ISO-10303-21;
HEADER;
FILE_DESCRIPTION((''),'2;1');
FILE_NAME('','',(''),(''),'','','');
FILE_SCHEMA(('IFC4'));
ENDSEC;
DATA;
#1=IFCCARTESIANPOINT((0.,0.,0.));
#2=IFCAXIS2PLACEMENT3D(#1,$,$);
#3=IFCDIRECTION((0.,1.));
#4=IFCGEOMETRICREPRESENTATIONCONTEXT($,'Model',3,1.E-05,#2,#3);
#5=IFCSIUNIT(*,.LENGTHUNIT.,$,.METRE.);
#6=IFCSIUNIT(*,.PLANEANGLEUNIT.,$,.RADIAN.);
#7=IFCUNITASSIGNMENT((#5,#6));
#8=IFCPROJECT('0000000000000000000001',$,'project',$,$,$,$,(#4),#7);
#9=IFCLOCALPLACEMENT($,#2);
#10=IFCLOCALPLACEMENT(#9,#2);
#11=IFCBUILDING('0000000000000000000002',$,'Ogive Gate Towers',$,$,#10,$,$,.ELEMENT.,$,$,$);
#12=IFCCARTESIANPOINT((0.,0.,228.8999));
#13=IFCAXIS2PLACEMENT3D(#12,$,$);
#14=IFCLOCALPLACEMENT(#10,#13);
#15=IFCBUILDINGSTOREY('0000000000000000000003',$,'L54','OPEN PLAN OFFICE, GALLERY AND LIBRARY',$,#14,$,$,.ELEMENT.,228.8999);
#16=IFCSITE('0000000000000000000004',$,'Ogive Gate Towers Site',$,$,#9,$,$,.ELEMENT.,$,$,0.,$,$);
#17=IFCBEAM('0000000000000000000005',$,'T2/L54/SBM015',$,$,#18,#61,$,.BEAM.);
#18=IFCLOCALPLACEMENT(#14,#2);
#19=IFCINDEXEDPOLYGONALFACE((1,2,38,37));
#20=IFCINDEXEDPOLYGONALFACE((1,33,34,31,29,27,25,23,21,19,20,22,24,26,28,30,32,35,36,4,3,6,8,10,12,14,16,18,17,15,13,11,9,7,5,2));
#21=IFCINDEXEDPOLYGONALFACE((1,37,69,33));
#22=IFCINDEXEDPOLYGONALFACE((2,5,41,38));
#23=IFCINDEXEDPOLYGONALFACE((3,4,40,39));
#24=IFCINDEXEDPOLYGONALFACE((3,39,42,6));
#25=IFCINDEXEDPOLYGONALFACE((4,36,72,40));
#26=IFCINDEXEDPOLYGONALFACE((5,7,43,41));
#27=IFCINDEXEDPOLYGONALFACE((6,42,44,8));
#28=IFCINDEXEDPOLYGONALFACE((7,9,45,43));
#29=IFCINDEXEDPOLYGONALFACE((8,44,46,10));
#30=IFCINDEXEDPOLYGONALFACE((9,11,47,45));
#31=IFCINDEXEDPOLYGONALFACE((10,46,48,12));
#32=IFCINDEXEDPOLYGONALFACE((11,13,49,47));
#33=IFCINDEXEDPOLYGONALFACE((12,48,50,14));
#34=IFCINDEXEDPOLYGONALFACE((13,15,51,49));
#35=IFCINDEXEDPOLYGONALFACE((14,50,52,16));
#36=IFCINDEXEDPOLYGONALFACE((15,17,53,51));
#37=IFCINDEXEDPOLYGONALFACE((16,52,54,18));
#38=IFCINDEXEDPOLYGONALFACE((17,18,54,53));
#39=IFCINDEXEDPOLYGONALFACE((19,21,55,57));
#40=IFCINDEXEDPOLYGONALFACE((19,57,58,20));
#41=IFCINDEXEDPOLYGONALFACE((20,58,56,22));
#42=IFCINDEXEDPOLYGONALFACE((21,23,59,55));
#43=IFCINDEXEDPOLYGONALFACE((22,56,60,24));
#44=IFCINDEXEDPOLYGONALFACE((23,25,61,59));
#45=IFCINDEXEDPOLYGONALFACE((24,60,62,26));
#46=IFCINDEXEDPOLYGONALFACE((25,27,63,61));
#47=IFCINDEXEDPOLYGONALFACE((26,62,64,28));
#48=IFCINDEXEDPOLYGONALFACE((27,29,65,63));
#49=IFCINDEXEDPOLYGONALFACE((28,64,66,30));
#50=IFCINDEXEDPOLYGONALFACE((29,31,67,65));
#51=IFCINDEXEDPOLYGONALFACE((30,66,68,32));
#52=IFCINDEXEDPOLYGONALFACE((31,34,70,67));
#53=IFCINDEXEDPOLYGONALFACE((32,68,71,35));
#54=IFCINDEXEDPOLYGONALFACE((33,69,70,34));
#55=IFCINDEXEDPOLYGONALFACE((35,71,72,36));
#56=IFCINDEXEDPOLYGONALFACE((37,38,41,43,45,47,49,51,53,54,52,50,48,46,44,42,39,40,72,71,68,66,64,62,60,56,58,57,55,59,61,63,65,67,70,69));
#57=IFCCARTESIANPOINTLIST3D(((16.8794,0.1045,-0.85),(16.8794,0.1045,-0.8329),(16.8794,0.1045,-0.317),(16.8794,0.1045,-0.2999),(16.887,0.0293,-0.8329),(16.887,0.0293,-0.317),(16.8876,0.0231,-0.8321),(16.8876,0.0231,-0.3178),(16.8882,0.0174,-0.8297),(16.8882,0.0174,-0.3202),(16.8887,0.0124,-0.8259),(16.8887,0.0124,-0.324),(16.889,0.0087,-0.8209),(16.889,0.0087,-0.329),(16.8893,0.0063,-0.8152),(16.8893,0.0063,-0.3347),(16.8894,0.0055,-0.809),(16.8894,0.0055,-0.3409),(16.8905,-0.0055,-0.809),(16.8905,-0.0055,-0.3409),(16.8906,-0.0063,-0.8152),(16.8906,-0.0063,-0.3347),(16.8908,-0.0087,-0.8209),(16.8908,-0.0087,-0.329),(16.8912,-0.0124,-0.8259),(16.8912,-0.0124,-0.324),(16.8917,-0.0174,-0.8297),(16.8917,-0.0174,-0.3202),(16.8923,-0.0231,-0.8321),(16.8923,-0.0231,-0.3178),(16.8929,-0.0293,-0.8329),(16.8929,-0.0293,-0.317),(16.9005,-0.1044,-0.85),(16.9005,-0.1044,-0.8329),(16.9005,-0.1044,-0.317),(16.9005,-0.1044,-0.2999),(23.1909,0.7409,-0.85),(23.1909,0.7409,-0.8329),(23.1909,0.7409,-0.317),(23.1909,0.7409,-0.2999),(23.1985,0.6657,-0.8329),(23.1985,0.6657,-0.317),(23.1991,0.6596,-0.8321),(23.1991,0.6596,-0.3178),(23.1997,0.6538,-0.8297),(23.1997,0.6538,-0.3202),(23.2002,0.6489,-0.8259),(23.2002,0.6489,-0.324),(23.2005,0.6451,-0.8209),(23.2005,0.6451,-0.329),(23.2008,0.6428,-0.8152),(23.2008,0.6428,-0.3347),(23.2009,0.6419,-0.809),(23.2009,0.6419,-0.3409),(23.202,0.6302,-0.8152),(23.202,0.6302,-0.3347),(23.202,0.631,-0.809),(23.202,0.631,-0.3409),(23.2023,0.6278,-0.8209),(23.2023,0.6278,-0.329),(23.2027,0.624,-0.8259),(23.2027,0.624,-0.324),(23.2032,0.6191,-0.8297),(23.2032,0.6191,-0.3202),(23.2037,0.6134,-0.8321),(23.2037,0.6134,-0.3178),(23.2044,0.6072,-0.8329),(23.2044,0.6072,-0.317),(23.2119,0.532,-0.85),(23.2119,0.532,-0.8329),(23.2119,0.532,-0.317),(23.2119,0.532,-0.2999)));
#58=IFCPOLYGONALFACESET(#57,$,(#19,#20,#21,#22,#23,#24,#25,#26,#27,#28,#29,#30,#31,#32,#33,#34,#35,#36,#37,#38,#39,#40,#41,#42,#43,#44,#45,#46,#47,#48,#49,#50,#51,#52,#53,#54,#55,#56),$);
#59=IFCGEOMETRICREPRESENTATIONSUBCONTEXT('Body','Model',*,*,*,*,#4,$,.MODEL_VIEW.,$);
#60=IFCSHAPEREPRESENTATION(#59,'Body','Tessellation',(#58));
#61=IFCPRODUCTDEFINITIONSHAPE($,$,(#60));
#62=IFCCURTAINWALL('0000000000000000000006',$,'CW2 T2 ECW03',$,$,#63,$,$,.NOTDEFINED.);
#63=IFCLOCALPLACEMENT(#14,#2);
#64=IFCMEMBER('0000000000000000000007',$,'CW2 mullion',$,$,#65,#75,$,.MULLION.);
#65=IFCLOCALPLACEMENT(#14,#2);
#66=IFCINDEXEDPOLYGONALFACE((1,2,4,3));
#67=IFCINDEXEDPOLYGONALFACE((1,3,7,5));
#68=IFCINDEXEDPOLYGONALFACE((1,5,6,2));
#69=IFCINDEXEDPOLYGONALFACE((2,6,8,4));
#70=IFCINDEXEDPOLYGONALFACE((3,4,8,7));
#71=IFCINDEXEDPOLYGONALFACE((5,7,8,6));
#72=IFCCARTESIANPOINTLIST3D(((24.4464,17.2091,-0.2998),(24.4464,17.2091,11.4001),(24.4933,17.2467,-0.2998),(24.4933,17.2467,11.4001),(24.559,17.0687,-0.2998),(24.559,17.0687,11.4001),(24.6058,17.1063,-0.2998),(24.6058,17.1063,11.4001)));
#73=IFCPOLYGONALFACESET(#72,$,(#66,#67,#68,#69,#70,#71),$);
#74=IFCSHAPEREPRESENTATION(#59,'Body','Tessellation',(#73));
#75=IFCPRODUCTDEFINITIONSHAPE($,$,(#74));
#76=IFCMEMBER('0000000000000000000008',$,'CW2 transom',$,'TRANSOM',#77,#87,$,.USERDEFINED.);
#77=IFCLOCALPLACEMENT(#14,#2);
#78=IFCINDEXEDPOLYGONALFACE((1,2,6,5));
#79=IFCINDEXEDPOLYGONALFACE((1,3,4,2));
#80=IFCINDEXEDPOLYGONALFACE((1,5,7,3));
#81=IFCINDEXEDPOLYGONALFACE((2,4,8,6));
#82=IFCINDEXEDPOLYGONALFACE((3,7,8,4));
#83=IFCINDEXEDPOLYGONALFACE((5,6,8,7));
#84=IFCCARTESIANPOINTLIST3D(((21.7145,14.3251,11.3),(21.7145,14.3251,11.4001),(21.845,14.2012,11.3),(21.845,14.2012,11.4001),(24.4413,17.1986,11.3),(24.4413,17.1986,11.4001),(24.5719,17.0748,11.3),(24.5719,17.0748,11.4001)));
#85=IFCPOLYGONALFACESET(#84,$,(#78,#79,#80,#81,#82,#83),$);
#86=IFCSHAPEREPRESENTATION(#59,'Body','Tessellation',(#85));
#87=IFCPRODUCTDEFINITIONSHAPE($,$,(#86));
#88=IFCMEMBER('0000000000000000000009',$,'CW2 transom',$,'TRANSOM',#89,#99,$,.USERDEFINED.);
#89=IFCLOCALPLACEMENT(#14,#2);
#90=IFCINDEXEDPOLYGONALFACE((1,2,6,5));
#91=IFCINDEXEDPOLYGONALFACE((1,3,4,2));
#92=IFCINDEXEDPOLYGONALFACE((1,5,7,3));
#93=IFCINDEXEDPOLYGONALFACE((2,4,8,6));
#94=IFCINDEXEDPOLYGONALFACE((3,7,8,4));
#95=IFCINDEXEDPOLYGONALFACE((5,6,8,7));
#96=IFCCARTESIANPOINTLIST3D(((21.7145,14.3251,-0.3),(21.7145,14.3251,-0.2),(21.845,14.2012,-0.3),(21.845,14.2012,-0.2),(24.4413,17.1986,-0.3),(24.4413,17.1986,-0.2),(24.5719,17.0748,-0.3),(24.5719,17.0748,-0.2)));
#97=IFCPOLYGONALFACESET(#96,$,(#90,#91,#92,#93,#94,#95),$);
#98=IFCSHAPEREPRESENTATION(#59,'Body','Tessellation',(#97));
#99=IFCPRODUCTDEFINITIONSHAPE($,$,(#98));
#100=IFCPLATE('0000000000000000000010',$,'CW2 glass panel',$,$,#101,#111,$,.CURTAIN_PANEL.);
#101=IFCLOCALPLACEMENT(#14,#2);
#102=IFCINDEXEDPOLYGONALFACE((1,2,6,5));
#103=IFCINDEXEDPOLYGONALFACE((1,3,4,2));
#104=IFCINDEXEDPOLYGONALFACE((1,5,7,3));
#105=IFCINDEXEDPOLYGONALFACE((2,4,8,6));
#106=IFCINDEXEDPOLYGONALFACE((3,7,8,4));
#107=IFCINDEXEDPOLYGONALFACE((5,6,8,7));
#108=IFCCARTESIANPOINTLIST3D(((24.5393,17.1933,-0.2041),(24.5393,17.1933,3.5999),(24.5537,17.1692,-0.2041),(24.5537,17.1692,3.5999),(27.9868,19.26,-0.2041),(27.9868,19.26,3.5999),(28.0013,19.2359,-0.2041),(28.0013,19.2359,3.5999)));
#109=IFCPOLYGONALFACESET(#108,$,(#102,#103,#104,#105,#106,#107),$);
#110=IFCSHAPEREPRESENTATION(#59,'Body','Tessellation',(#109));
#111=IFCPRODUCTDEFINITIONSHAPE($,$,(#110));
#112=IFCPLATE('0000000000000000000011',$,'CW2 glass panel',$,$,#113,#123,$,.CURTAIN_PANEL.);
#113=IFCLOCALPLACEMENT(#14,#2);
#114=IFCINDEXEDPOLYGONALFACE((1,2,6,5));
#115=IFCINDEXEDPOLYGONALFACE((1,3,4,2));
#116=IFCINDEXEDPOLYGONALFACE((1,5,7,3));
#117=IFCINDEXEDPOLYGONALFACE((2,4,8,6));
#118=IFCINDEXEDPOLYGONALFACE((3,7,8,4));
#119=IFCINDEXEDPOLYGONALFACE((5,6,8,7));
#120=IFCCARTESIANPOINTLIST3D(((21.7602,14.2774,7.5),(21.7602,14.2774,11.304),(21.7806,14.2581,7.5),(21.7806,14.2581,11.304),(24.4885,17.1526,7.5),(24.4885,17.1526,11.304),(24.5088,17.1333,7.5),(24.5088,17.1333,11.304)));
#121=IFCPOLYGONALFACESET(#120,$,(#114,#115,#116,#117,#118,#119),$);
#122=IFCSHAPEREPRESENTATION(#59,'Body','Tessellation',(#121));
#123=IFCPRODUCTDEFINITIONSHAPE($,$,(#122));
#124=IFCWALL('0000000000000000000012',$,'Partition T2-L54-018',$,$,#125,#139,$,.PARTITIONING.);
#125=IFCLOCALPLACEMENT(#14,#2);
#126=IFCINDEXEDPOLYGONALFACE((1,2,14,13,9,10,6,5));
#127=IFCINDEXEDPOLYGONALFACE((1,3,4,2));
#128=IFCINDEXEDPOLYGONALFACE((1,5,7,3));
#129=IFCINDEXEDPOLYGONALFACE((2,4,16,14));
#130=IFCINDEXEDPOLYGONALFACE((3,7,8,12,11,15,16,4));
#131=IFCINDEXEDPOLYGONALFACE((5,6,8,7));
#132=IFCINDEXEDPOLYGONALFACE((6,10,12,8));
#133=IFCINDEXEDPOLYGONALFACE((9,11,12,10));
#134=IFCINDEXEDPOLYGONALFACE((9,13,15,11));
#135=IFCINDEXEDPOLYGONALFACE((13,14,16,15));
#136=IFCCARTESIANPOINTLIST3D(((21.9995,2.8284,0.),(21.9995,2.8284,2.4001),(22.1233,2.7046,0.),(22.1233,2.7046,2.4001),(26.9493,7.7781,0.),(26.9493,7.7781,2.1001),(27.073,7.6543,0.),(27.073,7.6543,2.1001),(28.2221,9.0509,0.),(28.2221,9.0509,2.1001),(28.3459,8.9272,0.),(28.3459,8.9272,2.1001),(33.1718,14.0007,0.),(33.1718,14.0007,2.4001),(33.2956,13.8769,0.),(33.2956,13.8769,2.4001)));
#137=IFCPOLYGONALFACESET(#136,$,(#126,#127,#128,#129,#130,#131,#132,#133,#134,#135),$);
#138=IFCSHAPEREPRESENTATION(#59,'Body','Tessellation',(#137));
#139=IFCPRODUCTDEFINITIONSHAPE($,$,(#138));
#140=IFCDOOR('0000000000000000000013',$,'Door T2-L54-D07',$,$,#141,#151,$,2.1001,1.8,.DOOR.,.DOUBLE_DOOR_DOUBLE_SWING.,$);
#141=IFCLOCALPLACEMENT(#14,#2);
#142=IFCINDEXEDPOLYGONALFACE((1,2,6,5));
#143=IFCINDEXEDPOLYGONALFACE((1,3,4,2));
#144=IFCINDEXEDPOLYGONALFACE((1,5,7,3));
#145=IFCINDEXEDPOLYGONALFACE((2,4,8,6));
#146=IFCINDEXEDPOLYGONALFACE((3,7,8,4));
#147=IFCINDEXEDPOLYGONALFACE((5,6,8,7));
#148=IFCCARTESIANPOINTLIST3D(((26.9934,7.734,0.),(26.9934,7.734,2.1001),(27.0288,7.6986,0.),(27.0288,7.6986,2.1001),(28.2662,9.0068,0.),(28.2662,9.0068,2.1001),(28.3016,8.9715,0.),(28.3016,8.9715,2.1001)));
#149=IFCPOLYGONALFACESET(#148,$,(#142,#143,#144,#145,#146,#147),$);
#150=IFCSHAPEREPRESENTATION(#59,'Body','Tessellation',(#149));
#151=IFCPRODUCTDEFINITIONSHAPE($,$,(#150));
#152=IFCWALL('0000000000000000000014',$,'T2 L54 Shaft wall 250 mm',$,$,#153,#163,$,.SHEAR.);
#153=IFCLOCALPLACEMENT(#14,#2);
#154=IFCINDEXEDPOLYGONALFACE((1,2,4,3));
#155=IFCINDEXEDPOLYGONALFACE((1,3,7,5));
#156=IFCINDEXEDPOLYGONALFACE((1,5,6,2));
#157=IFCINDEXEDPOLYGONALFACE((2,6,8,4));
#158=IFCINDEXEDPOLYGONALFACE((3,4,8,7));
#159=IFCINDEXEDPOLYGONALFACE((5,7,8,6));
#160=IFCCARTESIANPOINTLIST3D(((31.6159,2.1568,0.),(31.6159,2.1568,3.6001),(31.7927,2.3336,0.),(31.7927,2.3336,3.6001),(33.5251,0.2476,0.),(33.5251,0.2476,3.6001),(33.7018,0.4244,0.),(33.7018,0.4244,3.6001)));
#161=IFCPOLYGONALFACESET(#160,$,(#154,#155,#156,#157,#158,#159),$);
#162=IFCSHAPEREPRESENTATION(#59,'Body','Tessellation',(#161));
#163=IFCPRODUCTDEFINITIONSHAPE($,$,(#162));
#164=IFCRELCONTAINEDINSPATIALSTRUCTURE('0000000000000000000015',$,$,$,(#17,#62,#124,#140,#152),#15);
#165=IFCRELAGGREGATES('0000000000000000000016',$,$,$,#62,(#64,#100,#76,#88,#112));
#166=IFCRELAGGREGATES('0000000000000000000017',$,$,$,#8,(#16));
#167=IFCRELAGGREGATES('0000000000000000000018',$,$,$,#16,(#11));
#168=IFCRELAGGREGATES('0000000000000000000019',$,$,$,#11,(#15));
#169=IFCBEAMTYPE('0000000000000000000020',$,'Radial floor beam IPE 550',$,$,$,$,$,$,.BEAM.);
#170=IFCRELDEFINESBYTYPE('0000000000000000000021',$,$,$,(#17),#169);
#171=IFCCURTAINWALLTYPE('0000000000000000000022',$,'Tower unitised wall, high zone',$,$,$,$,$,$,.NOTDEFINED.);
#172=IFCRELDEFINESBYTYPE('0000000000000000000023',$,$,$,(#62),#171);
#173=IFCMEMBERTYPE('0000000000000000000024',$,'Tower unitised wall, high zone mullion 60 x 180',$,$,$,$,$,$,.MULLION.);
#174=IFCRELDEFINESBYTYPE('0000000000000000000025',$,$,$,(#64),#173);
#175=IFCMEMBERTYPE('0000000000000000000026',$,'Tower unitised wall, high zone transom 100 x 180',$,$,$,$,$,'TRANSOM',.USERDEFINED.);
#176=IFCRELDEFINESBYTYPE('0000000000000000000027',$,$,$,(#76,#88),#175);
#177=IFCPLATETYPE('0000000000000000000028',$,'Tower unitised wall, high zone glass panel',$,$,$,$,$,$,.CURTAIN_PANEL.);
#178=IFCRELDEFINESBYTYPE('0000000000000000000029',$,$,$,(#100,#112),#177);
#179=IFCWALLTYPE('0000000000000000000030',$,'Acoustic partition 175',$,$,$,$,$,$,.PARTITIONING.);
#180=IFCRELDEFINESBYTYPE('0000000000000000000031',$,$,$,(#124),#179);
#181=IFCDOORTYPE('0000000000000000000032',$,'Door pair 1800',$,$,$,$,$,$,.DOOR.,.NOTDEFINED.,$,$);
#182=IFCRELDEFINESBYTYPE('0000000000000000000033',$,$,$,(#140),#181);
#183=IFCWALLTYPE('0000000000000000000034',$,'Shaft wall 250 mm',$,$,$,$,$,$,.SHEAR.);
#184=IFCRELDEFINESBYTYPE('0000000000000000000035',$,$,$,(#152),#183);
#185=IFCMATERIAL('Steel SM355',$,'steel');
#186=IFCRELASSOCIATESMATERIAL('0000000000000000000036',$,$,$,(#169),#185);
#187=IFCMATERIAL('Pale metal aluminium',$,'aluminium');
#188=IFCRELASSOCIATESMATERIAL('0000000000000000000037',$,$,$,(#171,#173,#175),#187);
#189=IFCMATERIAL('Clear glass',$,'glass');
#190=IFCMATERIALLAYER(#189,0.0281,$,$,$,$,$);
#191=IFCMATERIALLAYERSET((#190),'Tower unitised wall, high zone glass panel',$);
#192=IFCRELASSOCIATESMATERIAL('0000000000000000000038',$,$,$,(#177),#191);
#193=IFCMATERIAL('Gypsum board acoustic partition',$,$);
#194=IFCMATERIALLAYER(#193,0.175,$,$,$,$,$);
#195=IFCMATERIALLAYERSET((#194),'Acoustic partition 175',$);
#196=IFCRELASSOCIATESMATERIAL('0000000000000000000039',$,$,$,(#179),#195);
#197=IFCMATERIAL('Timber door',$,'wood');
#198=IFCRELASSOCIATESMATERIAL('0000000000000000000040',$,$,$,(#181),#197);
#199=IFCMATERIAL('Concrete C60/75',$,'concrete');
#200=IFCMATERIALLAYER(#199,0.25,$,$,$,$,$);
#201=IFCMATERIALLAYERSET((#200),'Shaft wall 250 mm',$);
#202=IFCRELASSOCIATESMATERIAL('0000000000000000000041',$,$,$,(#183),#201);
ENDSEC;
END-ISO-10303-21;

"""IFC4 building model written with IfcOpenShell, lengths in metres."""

from ifc_helpers import new_model, si_unit, direction, frame, frame_2d, origin, origin_2d, place, context, subcontext, project, spatial, rectangle, i_section, extrude, material, layer, layer_set, material_profile, profile_set, type_object, element, fill, aggregate, save


model = new_model("IFC4")

# Units and contexts
model_context = context("Model", 3, precision=1e-05, world=origin(), true_north=direction((0.0, 1.0)))
body_context = subcontext(model_context, "Body", "Model", "MODEL_VIEW")
ifc_project = project(units=[si_unit("LENGTHUNIT", "METRE"), si_unit("PLANEANGLEUNIT", "RADIAN")], contexts=[model_context])

# Site, building, storey
site_placement = place(None, origin())
site = spatial("IfcSite", under=ifc_project, at=site_placement, Name="Ogive Gate Towers Site", CompositionType="ELEMENT", RefElevation=0.0)
building_placement = place(site_placement, origin())
building = spatial("IfcBuilding", under=site, at=building_placement, Name="Ogive Gate Towers", CompositionType="ELEMENT")
storey_placement = place(building_placement, frame((0.0, 0.0, 228.8999)))
storey = spatial("IfcBuildingStorey", under=building, at=storey_placement, Name="L54", Description="OPEN PLAN OFFICE, GALLERY AND LIBRARY", CompositionType="ELEMENT", Elevation=228.8999)

# Beam
ifc_material_1 = material(Name="Steel SM355", Category="steel")
ifc_material_profile_1 = material_profile(ifc_material_1, i_section(OverallWidth=0.21, OverallDepth=0.55, WebThickness=0.011, FlangeThickness=0.0171, FilletRadius=0.0239, at=origin_2d()), Name="IPE 550")
ifc_profile_set_1 = profile_set([ifc_material_profile_1], Name="Steel SM355")
beam_type_1 = type_object("IfcBeamType", Name="Radial floor beam IPE 550", PredefinedType="BEAM", material=ifc_profile_set_1)
beam_1_placement = place(storey_placement, frame((23.2014, 0.6365, -0.575), z_axis=(-0.994954, -0.100334, 0.0), x_axis=(0.100334, -0.994954, 0.0)))
element("IfcBeam", 1, at=beam_1_placement, inside=storey, type_object=beam_type_1, Name="T2/L54/SBM015", PredefinedType="BEAM", context=body_context, shape_type="SweptSolid", body=[
    extrude(i_section(OverallWidth=0.21, OverallDepth=0.55, WebThickness=0.011, FlangeThickness=0.0171, FilletRadius=0.0239, at=origin_2d()), origin(), (0.0, 0.0, 1.0), 6.3435),
])

# Curtain wall, members, plates
ifc_material_2 = material(Name="Pale metal aluminium", Category="aluminium")
curtain_wall_type = type_object("IfcCurtainWallType", Name="Tower unitised wall, high zone", PredefinedType="NOTDEFINED", material=ifc_material_2)
curtain_wall_placement = place(storey_placement, origin())
curtain_wall = element("IfcCurtainWall", 2, at=curtain_wall_placement, inside=storey, type_object=curtain_wall_type, Name="CW2 T2 ECW03", PredefinedType="NOTDEFINED")
ifc_material_profile_2 = material_profile(ifc_material_2, rectangle(XDim=0.1799, YDim=0.0601, at=origin_2d()), Name="60 x 180 aluminium box")
ifc_profile_set_2 = profile_set([ifc_material_profile_2], Name="Pale metal aluminium")
member_type_1 = type_object("IfcMemberType", Name="Tower unitised wall, high zone mullion 60 x 180", PredefinedType="MULLION", material=ifc_profile_set_2)
member_1_placement = place(storey_placement, frame((24.5261, 17.1577, -0.2998), z_axis=(0.0, 0.0, 1.0), x_axis=(-0.625529, 0.780201, 0.0)))
member_1 = element("IfcMember", 3, at=member_1_placement, type_object=member_type_1, Name="CW2 mullion", PredefinedType="MULLION", context=body_context, shape_type="SweptSolid", body=[
    extrude(rectangle(XDim=0.1799, YDim=0.0601, at=origin_2d()), origin(), (0.0, 0.0, 1.0), 11.7),
])
ifc_material_profile_3 = material_profile(ifc_material_2, rectangle(XDim=0.1799, YDim=0.1001, at=origin_2d()), Name="100 x 180 aluminium box")
ifc_profile_set_3 = profile_set([ifc_material_profile_3], Name="Pale metal aluminium")
member_type_2 = type_object("IfcMemberType", Name="Tower unitised wall, high zone transom 100 x 180", ElementType="TRANSOM", PredefinedType="USERDEFINED", material=ifc_profile_set_3)
member_2_placement = place(storey_placement, frame((24.5066, 17.1367, 11.3501), z_axis=(-0.688344, -0.725384, 0.0), x_axis=(0.725384, -0.688344, 0.0)))
member_2 = element("IfcMember", 4, at=member_2_placement, type_object=member_type_2, Name="CW2 transom", ObjectType="TRANSOM", PredefinedType="USERDEFINED", context=body_context, shape_type="SweptSolid", body=[
    extrude(rectangle(XDim=0.1799, YDim=0.1001, at=origin_2d()), origin(), (0.0, 0.0, 1.0), 3.9614),
])
member_3_placement = place(storey_placement, frame((24.5066, 17.1367, -0.25), z_axis=(-0.688344, -0.725384, 0.0), x_axis=(0.725384, -0.688344, 0.0)))
member_3 = element("IfcMember", 5, at=member_3_placement, type_object=member_type_2, Name="CW2 transom", ObjectType="TRANSOM", PredefinedType="USERDEFINED", context=body_context, shape_type="SweptSolid", body=[
    extrude(rectangle(XDim=0.1799, YDim=0.1001, at=origin_2d()), origin(), (0.0, 0.0, 1.0), 3.9614),
])
ifc_material_3 = material(Name="Clear glass", Category="glass")
ifc_layer_1 = layer(ifc_material_3, 0.0281)
ifc_layer_set_1 = layer_set([ifc_layer_1], Name="Tower unitised wall, high zone glass panel")
plate_type = type_object("IfcPlateType", Name="Tower unitised wall, high zone glass panel", PredefinedType="CURTAIN_PANEL", material=ifc_layer_set_1)
plate_1_placement = place(storey_placement, frame((26.2703, 18.2146, -0.2041), z_axis=(0.0, 0.0, 1.0), x_axis=(-0.857697, -0.514155, 0.0)))
plate_1 = element("IfcPlate", 6, at=plate_1_placement, type_object=plate_type, Name="CW2 glass panel", PredefinedType="CURTAIN_PANEL", context=body_context, shape_type="SweptSolid", body=[
    extrude(rectangle(XDim=4.0195, YDim=0.0281, at=origin_2d()), origin(), (0.0, 0.0, 1.0), 3.804),
])
plate_2_placement = place(storey_placement, frame((23.1345, 15.7053, 7.5), z_axis=(0.0, 0.0, 1.0), x_axis=(-0.688329, -0.725398, 0.0)))
plate_2 = element("IfcPlate", 7, at=plate_2_placement, type_object=plate_type, Name="CW2 glass panel", PredefinedType="CURTAIN_PANEL", context=body_context, shape_type="SweptSolid", body=[
    extrude(rectangle(XDim=3.9636, YDim=0.0281, at=origin_2d()), origin(), (0.0, 0.0, 1.0), 3.804),
])
aggregate(curtain_wall, [member_1, plate_1, member_2, member_3, plate_2])

# Wall, opening, door
ifc_material_4 = material(Name="Gypsum board acoustic partition")
ifc_layer_2 = layer(ifc_material_4, 0.175)
ifc_layer_set_2 = layer_set([ifc_layer_2], Name="Acoustic partition 175")
wall_type_1 = type_object("IfcWallType", Name="Acoustic partition 175", PredefinedType="PARTITIONING", material=ifc_layer_set_2)
wall_1_placement = place(storey_placement, frame((33.2336, 13.9387, 0.0), z_axis=(0.0, 0.0, 1.0), x_axis=(-0.707107, -0.707107, 0.0)))
wall_1 = element("IfcWall", 8, at=wall_1_placement, inside=storey, type_object=wall_type_1, Name="Partition T2-L54-018", PredefinedType="PARTITIONING", context=body_context, shape_type="SweptSolid", body=[
    extrude(rectangle(XDim=15.8, YDim=0.175, at=frame_2d((7.8999, 0.0))), origin(), (0.0, 0.0, 1.0), 2.4001),
])
opening_1_placement = place(wall_1_placement, frame((7.0, 0.0, 0.0)))
opening_1 = element("IfcOpeningElement", 9, at=opening_1_placement, cuts=wall_1, PredefinedType="OPENING", context=body_context, shape_type="SweptSolid", body=[
    extrude(rectangle(XDim=1.8, YDim=2.1001, at=frame_2d((0.8999, 1.05))), frame((0.0, 0.0977, 0.0), z_axis=(0.0, -1.0, 0.0), x_axis=(1.0, 0.0, 0.0)), (0.0, 0.0, 1.0), 0.1951),
])
ifc_material_5 = material(Name="Timber door", Category="wood")
door_type_1 = type_object("IfcDoorType", Name="Door pair 1800", OperationType="NOTDEFINED", PredefinedType="DOOR", material=ifc_material_5)
door_1_placement = place(opening_1_placement, origin())
door_1 = element("IfcDoor", 10, at=door_1_placement, inside=storey, type_object=door_type_1, Name="Door T2-L54-D07", OperationType="DOUBLE_DOOR_DOUBLE_SWING", OverallHeight=2.1001, OverallWidth=1.8, PredefinedType="DOOR", context=body_context, shape_type="SweptSolid", body=[
    extrude(rectangle(XDim=1.8, YDim=2.1001, at=frame_2d((0.8999, 1.05))), frame((0.0, 0.0249, 0.0), z_axis=(0.0, -1.0, 0.0), x_axis=(1.0, 0.0, 0.0)), (0.0, 0.0, 1.0), 0.05),
])
fill(opening_1, door_1)

# Wall
ifc_material_6 = material(Name="Concrete C60/75", Category="concrete")
ifc_layer_3 = layer(ifc_material_6, 0.25)
ifc_layer_set_3 = layer_set([ifc_layer_3], Name="Shaft wall 250 mm")
wall_type_2 = type_object("IfcWallType", Name="Shaft wall 250 mm", PredefinedType="SHEAR", material=ifc_layer_set_3)
wall_2_placement = place(storey_placement, frame((33.6135, 0.3359, 0.0), z_axis=(0.0, 0.0, 1.0), x_axis=(-0.707107, 0.707107, 0.0)))
element("IfcWall", 11, at=wall_2_placement, inside=storey, type_object=wall_type_2, Name="T2 L54 Shaft wall 250 mm", PredefinedType="SHEAR", context=body_context, shape_type="SweptSolid", body=[
    extrude(rectangle(XDim=2.7, YDim=0.25, at=frame_2d((1.3501, 0.0))), origin(), (0.0, 0.0, 1.0), 3.6001),
])

save(model, "model.ifc")
